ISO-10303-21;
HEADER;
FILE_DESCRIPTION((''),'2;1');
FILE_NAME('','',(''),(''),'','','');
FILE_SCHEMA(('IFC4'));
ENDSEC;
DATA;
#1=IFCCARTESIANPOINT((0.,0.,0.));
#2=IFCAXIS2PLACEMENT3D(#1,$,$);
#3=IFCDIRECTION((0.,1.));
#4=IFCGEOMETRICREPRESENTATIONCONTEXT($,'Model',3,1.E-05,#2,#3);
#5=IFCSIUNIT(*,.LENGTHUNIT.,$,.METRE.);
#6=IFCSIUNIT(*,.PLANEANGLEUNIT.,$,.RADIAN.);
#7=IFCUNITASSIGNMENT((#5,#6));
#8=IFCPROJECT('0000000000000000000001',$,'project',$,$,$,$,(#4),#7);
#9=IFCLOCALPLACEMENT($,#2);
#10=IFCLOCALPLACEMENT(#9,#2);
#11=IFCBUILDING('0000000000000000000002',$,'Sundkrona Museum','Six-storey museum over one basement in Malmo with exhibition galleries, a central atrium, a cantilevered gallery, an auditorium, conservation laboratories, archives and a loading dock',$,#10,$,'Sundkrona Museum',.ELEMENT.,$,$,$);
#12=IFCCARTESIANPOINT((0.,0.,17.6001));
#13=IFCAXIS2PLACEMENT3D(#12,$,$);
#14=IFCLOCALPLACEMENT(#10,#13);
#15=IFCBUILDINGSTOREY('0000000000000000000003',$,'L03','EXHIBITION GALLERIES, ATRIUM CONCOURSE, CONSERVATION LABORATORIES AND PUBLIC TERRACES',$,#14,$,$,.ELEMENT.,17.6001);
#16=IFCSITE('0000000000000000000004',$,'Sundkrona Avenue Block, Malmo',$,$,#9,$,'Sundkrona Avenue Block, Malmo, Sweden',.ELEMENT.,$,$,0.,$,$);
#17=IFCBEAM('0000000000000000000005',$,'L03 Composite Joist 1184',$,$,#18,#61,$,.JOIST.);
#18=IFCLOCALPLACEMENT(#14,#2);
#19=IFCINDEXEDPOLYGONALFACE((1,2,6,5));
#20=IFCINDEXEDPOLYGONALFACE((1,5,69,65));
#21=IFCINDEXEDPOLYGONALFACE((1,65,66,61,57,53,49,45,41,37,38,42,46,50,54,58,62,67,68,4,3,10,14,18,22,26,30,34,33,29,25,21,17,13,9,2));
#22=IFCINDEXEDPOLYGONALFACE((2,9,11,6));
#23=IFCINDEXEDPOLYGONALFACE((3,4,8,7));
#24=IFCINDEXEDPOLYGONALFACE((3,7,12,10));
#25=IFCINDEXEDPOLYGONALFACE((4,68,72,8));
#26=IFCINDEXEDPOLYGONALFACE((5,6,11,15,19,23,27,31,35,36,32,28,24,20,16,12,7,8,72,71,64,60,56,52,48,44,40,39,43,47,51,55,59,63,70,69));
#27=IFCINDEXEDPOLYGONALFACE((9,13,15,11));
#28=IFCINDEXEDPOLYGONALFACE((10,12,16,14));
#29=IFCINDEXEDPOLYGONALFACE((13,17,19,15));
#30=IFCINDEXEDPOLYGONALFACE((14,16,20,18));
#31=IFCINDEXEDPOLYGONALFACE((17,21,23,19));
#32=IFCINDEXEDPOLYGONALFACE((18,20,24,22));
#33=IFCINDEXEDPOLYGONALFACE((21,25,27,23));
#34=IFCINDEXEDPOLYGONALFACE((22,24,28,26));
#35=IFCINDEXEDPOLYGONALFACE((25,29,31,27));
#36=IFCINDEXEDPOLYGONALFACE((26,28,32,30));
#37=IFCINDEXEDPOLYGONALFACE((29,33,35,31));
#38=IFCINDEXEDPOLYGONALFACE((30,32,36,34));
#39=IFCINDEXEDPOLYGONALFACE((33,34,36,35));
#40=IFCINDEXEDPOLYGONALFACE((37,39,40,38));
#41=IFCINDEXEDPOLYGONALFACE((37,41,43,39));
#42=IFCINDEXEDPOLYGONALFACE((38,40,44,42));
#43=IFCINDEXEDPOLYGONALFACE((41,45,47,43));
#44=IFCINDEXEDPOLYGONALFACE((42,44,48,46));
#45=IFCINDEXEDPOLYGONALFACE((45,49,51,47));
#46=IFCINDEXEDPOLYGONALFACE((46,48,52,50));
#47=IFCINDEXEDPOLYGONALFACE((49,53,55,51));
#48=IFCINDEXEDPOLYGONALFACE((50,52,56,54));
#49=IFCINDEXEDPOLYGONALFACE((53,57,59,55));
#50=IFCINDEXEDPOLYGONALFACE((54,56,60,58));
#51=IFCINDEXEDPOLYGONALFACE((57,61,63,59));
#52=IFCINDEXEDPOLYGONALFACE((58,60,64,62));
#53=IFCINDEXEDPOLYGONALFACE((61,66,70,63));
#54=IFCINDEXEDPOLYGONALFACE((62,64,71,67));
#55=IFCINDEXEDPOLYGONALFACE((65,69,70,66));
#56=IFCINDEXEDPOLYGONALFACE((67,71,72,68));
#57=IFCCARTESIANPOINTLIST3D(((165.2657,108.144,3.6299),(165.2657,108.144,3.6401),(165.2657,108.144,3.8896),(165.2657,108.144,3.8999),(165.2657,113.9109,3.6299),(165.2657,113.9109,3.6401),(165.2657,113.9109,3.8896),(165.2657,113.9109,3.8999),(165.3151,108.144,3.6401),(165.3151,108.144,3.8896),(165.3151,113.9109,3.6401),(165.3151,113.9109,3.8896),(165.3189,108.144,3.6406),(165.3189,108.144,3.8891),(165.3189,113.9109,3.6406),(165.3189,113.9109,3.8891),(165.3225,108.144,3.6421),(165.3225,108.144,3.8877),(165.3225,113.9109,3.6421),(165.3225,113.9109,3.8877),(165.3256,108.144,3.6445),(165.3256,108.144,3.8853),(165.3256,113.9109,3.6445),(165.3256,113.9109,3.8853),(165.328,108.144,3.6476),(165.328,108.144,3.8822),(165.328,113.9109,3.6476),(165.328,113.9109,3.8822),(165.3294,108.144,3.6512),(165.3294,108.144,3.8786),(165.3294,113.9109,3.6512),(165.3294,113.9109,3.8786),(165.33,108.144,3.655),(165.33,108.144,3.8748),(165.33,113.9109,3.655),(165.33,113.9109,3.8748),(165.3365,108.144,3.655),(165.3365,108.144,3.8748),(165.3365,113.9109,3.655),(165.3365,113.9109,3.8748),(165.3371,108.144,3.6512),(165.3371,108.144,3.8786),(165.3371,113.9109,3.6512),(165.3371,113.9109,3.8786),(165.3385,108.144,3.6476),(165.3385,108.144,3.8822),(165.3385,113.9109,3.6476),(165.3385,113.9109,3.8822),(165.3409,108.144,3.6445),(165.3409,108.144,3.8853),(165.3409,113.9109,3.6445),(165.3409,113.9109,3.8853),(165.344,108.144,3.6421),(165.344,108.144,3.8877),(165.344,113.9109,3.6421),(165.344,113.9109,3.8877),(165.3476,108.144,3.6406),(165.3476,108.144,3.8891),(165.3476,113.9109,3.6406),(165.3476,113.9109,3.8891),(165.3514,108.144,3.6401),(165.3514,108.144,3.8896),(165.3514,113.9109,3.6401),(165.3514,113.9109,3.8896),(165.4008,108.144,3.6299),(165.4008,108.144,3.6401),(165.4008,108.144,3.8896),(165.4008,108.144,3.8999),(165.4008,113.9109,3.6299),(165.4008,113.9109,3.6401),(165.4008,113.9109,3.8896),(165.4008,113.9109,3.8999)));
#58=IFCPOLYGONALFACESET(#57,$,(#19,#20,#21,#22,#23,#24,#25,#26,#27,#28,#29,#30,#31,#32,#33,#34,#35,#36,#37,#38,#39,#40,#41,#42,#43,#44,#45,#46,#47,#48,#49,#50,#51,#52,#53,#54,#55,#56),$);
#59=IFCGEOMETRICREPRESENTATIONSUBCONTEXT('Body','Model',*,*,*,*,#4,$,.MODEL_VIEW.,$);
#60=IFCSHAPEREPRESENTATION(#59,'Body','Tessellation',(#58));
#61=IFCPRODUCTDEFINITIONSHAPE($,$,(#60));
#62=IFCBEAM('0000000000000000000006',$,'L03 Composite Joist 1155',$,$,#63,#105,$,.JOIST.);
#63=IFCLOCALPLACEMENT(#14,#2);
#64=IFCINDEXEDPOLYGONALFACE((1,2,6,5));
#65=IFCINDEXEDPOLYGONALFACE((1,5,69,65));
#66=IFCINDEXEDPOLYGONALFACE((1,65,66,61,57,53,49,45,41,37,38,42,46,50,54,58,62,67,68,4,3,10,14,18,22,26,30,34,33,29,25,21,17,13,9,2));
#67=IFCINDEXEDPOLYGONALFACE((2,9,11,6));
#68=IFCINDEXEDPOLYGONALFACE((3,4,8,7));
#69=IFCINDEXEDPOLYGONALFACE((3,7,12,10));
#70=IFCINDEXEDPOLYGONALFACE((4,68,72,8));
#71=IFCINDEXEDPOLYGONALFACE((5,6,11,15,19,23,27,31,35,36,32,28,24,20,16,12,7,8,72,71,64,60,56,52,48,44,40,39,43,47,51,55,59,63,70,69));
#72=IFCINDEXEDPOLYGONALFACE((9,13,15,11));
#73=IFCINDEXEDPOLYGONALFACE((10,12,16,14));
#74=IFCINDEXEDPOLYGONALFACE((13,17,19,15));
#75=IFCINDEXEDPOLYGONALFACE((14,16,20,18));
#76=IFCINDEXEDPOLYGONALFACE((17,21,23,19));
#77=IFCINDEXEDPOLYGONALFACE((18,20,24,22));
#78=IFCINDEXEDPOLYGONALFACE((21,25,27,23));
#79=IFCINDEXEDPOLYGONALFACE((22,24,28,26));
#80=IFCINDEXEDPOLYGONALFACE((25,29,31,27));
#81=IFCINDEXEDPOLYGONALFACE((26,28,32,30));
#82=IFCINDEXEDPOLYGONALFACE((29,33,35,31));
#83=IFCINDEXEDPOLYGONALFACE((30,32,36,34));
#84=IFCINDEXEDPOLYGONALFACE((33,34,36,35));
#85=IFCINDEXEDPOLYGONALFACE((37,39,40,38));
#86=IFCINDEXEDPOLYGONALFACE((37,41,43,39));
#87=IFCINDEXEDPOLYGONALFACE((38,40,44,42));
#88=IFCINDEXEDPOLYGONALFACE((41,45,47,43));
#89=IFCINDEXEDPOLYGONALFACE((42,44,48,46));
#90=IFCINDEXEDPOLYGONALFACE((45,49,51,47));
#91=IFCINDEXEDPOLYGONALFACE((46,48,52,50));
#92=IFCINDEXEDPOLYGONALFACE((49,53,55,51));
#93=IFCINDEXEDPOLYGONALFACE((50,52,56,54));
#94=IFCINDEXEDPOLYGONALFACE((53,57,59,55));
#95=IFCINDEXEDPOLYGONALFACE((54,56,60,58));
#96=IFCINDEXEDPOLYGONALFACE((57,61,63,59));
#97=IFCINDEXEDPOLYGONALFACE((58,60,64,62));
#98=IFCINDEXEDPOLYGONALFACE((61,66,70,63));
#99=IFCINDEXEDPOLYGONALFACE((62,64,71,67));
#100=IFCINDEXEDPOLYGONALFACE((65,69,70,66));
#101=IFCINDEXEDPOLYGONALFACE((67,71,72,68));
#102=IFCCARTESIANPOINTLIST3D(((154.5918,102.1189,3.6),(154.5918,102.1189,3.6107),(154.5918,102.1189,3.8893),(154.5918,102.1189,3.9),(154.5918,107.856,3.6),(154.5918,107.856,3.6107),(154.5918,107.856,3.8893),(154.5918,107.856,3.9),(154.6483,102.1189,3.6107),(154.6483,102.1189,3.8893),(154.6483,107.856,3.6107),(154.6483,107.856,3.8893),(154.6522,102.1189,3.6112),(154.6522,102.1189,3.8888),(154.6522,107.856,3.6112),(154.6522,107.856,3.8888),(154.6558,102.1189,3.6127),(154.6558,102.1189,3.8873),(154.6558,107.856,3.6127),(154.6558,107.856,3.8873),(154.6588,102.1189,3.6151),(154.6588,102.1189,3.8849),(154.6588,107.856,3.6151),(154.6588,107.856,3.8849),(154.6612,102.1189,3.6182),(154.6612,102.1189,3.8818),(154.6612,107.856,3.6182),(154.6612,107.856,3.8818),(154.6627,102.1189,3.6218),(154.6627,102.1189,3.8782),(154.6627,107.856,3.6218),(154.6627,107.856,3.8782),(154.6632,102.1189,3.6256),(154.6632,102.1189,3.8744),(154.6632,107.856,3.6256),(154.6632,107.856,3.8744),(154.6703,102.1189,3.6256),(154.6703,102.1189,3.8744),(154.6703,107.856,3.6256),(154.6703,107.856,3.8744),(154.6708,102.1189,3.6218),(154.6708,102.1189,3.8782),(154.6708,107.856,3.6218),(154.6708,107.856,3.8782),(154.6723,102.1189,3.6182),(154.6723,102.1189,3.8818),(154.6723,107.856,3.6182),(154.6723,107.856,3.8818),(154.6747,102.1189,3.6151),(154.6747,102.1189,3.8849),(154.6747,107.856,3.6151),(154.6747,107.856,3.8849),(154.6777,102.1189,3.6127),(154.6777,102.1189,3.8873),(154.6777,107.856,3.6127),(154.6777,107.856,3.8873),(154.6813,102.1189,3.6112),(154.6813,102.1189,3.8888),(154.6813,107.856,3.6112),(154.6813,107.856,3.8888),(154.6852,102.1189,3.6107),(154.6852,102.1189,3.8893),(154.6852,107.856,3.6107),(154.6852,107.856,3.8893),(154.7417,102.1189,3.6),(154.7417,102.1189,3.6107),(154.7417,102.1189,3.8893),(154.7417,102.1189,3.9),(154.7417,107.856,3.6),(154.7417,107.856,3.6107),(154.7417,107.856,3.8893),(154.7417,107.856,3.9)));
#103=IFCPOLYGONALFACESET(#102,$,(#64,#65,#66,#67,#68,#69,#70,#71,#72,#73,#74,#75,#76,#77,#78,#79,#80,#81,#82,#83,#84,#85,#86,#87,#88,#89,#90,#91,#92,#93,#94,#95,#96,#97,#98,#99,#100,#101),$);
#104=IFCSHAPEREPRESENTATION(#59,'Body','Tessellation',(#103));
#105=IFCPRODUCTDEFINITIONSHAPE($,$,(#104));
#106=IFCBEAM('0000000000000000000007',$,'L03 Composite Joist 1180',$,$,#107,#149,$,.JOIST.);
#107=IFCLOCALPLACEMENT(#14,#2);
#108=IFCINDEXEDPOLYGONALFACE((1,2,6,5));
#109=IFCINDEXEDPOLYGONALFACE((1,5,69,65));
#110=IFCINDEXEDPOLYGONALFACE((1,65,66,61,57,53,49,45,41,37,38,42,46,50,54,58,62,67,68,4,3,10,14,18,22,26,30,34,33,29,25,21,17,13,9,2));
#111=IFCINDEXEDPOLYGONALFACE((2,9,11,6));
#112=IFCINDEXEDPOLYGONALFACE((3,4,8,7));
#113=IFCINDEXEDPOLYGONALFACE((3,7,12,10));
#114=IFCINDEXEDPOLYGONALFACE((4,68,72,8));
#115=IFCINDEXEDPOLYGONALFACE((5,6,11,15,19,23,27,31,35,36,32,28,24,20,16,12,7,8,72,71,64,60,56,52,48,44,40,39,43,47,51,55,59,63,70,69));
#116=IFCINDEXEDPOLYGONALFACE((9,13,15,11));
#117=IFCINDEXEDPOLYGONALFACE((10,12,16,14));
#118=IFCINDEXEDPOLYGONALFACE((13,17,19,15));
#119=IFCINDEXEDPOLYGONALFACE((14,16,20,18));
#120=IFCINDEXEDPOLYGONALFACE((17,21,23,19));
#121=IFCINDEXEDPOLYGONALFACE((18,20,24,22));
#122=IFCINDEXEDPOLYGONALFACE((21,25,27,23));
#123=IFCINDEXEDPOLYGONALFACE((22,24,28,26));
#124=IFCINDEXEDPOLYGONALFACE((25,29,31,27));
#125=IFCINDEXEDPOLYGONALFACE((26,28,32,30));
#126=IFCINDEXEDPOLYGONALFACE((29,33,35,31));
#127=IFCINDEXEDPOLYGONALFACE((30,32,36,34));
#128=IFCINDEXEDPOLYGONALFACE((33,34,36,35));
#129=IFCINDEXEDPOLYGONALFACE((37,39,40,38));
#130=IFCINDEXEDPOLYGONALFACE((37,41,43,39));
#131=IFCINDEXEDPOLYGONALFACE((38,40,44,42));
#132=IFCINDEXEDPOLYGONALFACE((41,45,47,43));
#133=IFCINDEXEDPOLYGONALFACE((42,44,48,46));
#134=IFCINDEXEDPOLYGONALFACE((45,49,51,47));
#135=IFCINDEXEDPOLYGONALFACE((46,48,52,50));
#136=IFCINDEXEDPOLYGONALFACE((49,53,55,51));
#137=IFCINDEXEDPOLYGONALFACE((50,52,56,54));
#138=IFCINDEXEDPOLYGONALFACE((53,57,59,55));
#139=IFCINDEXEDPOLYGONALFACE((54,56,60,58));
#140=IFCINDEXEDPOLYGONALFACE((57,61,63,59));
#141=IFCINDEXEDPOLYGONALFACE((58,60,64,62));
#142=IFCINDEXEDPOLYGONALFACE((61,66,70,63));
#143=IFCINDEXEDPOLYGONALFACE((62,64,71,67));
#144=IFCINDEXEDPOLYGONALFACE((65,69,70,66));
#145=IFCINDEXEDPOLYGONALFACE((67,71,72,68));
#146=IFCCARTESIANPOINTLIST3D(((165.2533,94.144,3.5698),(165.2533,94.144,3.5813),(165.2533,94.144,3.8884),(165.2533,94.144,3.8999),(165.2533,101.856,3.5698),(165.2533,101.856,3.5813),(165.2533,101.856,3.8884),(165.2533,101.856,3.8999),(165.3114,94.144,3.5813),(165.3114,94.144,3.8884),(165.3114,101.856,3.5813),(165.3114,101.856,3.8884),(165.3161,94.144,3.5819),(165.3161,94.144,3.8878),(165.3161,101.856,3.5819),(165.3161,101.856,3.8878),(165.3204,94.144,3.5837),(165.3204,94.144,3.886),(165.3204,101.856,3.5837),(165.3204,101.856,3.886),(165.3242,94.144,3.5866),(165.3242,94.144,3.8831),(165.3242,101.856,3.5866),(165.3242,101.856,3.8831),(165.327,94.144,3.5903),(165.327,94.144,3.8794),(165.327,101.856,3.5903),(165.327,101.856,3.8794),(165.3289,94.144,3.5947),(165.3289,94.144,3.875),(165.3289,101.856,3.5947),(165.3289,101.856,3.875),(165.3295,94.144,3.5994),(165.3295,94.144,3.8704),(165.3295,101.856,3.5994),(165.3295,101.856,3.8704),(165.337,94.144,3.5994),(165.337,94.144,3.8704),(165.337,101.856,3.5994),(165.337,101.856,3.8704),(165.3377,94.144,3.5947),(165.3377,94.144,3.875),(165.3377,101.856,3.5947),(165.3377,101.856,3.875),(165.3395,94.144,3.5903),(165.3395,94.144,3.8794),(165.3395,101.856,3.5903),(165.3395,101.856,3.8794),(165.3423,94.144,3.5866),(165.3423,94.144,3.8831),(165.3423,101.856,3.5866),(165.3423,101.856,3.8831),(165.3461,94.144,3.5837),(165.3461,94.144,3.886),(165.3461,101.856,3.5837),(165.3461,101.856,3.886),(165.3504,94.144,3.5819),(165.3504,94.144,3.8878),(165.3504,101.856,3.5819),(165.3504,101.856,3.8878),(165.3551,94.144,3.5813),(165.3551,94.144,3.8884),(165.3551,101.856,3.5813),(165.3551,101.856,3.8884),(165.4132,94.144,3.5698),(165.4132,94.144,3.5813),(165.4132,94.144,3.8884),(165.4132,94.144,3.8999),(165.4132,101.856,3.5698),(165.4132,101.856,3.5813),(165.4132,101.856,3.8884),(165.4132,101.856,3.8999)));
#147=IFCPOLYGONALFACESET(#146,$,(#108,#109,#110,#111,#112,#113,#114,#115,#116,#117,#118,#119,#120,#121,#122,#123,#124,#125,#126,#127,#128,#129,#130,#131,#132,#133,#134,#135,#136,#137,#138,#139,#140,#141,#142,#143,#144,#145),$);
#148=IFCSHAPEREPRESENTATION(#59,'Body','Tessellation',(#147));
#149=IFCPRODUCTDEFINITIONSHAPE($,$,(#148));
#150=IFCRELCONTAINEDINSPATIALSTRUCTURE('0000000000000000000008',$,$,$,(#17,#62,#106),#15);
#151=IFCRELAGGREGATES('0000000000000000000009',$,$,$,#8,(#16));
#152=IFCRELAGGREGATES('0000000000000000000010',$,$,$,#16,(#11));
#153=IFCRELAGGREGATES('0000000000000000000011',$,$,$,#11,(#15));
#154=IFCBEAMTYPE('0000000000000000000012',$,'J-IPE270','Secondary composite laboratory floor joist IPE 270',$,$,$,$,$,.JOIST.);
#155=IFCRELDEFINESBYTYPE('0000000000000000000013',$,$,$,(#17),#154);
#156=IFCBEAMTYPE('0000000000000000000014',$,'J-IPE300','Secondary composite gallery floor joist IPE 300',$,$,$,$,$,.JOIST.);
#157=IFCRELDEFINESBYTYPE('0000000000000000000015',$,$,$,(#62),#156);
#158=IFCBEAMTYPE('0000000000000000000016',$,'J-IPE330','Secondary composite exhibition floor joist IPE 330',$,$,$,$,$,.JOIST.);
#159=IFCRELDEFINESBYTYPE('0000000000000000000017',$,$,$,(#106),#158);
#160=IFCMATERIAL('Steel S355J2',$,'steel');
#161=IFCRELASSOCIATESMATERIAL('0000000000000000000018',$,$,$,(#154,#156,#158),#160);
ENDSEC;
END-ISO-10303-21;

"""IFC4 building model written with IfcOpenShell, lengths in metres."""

from ifc_helpers import new_model, si_unit, direction, frame, origin, origin_2d, place, context, subcontext, project, spatial, i_section, extrude, material, material_profile, profile_set, type_object, element, save


model = new_model("IFC4")

# Units and contexts
model_context = context("Model", 3, precision=1e-05, world=origin(), true_north=direction((0.0, 1.0)))
body_context = subcontext(model_context, "Body", "Model", "MODEL_VIEW")
ifc_project = project(units=[si_unit("LENGTHUNIT", "METRE"), si_unit("PLANEANGLEUNIT", "RADIAN")], contexts=[model_context])

# Site, building, storey
site_placement = place(None, origin())
site = spatial("IfcSite", under=ifc_project, at=site_placement, Name="Sundkrona Avenue Block, Malmo", LongName="Sundkrona Avenue Block, Malmo, Sweden", CompositionType="ELEMENT", RefElevation=0.0)
building_placement = place(site_placement, origin())
building = spatial("IfcBuilding", under=site, at=building_placement, Name="Sundkrona Museum", Description="Six-storey museum over one basement in Malmo with exhibition galleries, a central atrium, a cantilevered gallery, an auditorium, conservation laboratories, archives and a loading dock", LongName="Sundkrona Museum", CompositionType="ELEMENT")
storey_placement = place(building_placement, frame((0.0, 0.0, 17.6001)))
storey = spatial("IfcBuildingStorey", under=building, at=storey_placement, Name="L03", Description="EXHIBITION GALLERIES, ATRIUM CONCOURSE, CONSERVATION LABORATORIES AND PUBLIC TERRACES", CompositionType="ELEMENT", Elevation=17.6001)

# Shared definitions
ifc_material_1 = material(Name="Steel S355J2", Category="steel")

# Beams
ifc_material_profile_1 = material_profile(ifc_material_1, i_section(OverallWidth=0.135, OverallDepth=0.27, WebThickness=0.0066, FlangeThickness=0.0103, FilletRadius=0.0149, at=origin_2d()), Name="IPE 270")
ifc_profile_set_1 = profile_set([ifc_material_profile_1], Name="Steel S355J2")
beam_type_1 = type_object("IfcBeamType", Name="J-IPE270", Description="Secondary composite laboratory floor joist IPE 270", PredefinedType="JOIST", material=ifc_profile_set_1)
for number, where, z_axis, x_axis, name in (
    (1, (165.3333, 108.144, 3.7649), (0.0, 1.0, 0.0), (-1.0, 0.0, 0.0), "L03 Composite Joist 1184"),
):
    element("IfcBeam", number, at=place(storey_placement, frame(where, z_axis=z_axis, x_axis=x_axis)), inside=storey, type_object=beam_type_1, Name=name, PredefinedType="JOIST", context=body_context, shape_type="SweptSolid", body=[
        extrude(i_section(OverallWidth=0.135, OverallDepth=0.27, WebThickness=0.0066, FlangeThickness=0.0103, FilletRadius=0.0149, at=origin_2d()), origin(), (0.0, 0.0, 1.0), 5.7668),
    ])
ifc_material_profile_2 = material_profile(ifc_material_1, i_section(OverallWidth=0.1499, OverallDepth=0.3, WebThickness=0.0071, FlangeThickness=0.0107, FilletRadius=0.0149, at=origin_2d()), Name="IPE 300")
ifc_profile_set_2 = profile_set([ifc_material_profile_2], Name="Steel S355J2")
beam_type_2 = type_object("IfcBeamType", Name="J-IPE300", Description="Secondary composite gallery floor joist IPE 300", PredefinedType="JOIST", material=ifc_profile_set_2)
beam_1_placement = place(storey_placement, frame((154.6667, 102.1189, 3.75), z_axis=(0.0, 1.0, 0.0), x_axis=(-1.0, 0.0, 0.0)))
element("IfcBeam", 2, at=beam_1_placement, inside=storey, type_object=beam_type_2, Name="L03 Composite Joist 1155", PredefinedType="JOIST", context=body_context, shape_type="SweptSolid", body=[
    extrude(i_section(OverallWidth=0.1499, OverallDepth=0.3, WebThickness=0.0071, FlangeThickness=0.0107, FilletRadius=0.0149, at=origin_2d()), origin(), (0.0, 0.0, 1.0), 5.7371),
])
ifc_material_profile_3 = material_profile(ifc_material_1, i_section(OverallWidth=0.1599, OverallDepth=0.3301, WebThickness=0.0076, FlangeThickness=0.0115, FilletRadius=0.0181, at=origin_2d()), Name="IPE 330")
ifc_profile_set_3 = profile_set([ifc_material_profile_3], Name="Steel S355J2")
beam_type_3 = type_object("IfcBeamType", Name="J-IPE330", Description="Secondary composite exhibition floor joist IPE 330", PredefinedType="JOIST", material=ifc_profile_set_3)
beam_2_placement = place(storey_placement, frame((165.3333, 94.144, 3.7349), z_axis=(0.0, 1.0, 0.0), x_axis=(-1.0, 0.0, 0.0)))
element("IfcBeam", 3, at=beam_2_placement, inside=storey, type_object=beam_type_3, Name="L03 Composite Joist 1180", PredefinedType="JOIST", context=body_context, shape_type="SweptSolid", body=[
    extrude(i_section(OverallWidth=0.1599, OverallDepth=0.3301, WebThickness=0.0076, FlangeThickness=0.0115, FilletRadius=0.0181, at=origin_2d()), origin(), (0.0, 0.0, 1.0), 7.7119),
])

save(model, "model.ifc")
